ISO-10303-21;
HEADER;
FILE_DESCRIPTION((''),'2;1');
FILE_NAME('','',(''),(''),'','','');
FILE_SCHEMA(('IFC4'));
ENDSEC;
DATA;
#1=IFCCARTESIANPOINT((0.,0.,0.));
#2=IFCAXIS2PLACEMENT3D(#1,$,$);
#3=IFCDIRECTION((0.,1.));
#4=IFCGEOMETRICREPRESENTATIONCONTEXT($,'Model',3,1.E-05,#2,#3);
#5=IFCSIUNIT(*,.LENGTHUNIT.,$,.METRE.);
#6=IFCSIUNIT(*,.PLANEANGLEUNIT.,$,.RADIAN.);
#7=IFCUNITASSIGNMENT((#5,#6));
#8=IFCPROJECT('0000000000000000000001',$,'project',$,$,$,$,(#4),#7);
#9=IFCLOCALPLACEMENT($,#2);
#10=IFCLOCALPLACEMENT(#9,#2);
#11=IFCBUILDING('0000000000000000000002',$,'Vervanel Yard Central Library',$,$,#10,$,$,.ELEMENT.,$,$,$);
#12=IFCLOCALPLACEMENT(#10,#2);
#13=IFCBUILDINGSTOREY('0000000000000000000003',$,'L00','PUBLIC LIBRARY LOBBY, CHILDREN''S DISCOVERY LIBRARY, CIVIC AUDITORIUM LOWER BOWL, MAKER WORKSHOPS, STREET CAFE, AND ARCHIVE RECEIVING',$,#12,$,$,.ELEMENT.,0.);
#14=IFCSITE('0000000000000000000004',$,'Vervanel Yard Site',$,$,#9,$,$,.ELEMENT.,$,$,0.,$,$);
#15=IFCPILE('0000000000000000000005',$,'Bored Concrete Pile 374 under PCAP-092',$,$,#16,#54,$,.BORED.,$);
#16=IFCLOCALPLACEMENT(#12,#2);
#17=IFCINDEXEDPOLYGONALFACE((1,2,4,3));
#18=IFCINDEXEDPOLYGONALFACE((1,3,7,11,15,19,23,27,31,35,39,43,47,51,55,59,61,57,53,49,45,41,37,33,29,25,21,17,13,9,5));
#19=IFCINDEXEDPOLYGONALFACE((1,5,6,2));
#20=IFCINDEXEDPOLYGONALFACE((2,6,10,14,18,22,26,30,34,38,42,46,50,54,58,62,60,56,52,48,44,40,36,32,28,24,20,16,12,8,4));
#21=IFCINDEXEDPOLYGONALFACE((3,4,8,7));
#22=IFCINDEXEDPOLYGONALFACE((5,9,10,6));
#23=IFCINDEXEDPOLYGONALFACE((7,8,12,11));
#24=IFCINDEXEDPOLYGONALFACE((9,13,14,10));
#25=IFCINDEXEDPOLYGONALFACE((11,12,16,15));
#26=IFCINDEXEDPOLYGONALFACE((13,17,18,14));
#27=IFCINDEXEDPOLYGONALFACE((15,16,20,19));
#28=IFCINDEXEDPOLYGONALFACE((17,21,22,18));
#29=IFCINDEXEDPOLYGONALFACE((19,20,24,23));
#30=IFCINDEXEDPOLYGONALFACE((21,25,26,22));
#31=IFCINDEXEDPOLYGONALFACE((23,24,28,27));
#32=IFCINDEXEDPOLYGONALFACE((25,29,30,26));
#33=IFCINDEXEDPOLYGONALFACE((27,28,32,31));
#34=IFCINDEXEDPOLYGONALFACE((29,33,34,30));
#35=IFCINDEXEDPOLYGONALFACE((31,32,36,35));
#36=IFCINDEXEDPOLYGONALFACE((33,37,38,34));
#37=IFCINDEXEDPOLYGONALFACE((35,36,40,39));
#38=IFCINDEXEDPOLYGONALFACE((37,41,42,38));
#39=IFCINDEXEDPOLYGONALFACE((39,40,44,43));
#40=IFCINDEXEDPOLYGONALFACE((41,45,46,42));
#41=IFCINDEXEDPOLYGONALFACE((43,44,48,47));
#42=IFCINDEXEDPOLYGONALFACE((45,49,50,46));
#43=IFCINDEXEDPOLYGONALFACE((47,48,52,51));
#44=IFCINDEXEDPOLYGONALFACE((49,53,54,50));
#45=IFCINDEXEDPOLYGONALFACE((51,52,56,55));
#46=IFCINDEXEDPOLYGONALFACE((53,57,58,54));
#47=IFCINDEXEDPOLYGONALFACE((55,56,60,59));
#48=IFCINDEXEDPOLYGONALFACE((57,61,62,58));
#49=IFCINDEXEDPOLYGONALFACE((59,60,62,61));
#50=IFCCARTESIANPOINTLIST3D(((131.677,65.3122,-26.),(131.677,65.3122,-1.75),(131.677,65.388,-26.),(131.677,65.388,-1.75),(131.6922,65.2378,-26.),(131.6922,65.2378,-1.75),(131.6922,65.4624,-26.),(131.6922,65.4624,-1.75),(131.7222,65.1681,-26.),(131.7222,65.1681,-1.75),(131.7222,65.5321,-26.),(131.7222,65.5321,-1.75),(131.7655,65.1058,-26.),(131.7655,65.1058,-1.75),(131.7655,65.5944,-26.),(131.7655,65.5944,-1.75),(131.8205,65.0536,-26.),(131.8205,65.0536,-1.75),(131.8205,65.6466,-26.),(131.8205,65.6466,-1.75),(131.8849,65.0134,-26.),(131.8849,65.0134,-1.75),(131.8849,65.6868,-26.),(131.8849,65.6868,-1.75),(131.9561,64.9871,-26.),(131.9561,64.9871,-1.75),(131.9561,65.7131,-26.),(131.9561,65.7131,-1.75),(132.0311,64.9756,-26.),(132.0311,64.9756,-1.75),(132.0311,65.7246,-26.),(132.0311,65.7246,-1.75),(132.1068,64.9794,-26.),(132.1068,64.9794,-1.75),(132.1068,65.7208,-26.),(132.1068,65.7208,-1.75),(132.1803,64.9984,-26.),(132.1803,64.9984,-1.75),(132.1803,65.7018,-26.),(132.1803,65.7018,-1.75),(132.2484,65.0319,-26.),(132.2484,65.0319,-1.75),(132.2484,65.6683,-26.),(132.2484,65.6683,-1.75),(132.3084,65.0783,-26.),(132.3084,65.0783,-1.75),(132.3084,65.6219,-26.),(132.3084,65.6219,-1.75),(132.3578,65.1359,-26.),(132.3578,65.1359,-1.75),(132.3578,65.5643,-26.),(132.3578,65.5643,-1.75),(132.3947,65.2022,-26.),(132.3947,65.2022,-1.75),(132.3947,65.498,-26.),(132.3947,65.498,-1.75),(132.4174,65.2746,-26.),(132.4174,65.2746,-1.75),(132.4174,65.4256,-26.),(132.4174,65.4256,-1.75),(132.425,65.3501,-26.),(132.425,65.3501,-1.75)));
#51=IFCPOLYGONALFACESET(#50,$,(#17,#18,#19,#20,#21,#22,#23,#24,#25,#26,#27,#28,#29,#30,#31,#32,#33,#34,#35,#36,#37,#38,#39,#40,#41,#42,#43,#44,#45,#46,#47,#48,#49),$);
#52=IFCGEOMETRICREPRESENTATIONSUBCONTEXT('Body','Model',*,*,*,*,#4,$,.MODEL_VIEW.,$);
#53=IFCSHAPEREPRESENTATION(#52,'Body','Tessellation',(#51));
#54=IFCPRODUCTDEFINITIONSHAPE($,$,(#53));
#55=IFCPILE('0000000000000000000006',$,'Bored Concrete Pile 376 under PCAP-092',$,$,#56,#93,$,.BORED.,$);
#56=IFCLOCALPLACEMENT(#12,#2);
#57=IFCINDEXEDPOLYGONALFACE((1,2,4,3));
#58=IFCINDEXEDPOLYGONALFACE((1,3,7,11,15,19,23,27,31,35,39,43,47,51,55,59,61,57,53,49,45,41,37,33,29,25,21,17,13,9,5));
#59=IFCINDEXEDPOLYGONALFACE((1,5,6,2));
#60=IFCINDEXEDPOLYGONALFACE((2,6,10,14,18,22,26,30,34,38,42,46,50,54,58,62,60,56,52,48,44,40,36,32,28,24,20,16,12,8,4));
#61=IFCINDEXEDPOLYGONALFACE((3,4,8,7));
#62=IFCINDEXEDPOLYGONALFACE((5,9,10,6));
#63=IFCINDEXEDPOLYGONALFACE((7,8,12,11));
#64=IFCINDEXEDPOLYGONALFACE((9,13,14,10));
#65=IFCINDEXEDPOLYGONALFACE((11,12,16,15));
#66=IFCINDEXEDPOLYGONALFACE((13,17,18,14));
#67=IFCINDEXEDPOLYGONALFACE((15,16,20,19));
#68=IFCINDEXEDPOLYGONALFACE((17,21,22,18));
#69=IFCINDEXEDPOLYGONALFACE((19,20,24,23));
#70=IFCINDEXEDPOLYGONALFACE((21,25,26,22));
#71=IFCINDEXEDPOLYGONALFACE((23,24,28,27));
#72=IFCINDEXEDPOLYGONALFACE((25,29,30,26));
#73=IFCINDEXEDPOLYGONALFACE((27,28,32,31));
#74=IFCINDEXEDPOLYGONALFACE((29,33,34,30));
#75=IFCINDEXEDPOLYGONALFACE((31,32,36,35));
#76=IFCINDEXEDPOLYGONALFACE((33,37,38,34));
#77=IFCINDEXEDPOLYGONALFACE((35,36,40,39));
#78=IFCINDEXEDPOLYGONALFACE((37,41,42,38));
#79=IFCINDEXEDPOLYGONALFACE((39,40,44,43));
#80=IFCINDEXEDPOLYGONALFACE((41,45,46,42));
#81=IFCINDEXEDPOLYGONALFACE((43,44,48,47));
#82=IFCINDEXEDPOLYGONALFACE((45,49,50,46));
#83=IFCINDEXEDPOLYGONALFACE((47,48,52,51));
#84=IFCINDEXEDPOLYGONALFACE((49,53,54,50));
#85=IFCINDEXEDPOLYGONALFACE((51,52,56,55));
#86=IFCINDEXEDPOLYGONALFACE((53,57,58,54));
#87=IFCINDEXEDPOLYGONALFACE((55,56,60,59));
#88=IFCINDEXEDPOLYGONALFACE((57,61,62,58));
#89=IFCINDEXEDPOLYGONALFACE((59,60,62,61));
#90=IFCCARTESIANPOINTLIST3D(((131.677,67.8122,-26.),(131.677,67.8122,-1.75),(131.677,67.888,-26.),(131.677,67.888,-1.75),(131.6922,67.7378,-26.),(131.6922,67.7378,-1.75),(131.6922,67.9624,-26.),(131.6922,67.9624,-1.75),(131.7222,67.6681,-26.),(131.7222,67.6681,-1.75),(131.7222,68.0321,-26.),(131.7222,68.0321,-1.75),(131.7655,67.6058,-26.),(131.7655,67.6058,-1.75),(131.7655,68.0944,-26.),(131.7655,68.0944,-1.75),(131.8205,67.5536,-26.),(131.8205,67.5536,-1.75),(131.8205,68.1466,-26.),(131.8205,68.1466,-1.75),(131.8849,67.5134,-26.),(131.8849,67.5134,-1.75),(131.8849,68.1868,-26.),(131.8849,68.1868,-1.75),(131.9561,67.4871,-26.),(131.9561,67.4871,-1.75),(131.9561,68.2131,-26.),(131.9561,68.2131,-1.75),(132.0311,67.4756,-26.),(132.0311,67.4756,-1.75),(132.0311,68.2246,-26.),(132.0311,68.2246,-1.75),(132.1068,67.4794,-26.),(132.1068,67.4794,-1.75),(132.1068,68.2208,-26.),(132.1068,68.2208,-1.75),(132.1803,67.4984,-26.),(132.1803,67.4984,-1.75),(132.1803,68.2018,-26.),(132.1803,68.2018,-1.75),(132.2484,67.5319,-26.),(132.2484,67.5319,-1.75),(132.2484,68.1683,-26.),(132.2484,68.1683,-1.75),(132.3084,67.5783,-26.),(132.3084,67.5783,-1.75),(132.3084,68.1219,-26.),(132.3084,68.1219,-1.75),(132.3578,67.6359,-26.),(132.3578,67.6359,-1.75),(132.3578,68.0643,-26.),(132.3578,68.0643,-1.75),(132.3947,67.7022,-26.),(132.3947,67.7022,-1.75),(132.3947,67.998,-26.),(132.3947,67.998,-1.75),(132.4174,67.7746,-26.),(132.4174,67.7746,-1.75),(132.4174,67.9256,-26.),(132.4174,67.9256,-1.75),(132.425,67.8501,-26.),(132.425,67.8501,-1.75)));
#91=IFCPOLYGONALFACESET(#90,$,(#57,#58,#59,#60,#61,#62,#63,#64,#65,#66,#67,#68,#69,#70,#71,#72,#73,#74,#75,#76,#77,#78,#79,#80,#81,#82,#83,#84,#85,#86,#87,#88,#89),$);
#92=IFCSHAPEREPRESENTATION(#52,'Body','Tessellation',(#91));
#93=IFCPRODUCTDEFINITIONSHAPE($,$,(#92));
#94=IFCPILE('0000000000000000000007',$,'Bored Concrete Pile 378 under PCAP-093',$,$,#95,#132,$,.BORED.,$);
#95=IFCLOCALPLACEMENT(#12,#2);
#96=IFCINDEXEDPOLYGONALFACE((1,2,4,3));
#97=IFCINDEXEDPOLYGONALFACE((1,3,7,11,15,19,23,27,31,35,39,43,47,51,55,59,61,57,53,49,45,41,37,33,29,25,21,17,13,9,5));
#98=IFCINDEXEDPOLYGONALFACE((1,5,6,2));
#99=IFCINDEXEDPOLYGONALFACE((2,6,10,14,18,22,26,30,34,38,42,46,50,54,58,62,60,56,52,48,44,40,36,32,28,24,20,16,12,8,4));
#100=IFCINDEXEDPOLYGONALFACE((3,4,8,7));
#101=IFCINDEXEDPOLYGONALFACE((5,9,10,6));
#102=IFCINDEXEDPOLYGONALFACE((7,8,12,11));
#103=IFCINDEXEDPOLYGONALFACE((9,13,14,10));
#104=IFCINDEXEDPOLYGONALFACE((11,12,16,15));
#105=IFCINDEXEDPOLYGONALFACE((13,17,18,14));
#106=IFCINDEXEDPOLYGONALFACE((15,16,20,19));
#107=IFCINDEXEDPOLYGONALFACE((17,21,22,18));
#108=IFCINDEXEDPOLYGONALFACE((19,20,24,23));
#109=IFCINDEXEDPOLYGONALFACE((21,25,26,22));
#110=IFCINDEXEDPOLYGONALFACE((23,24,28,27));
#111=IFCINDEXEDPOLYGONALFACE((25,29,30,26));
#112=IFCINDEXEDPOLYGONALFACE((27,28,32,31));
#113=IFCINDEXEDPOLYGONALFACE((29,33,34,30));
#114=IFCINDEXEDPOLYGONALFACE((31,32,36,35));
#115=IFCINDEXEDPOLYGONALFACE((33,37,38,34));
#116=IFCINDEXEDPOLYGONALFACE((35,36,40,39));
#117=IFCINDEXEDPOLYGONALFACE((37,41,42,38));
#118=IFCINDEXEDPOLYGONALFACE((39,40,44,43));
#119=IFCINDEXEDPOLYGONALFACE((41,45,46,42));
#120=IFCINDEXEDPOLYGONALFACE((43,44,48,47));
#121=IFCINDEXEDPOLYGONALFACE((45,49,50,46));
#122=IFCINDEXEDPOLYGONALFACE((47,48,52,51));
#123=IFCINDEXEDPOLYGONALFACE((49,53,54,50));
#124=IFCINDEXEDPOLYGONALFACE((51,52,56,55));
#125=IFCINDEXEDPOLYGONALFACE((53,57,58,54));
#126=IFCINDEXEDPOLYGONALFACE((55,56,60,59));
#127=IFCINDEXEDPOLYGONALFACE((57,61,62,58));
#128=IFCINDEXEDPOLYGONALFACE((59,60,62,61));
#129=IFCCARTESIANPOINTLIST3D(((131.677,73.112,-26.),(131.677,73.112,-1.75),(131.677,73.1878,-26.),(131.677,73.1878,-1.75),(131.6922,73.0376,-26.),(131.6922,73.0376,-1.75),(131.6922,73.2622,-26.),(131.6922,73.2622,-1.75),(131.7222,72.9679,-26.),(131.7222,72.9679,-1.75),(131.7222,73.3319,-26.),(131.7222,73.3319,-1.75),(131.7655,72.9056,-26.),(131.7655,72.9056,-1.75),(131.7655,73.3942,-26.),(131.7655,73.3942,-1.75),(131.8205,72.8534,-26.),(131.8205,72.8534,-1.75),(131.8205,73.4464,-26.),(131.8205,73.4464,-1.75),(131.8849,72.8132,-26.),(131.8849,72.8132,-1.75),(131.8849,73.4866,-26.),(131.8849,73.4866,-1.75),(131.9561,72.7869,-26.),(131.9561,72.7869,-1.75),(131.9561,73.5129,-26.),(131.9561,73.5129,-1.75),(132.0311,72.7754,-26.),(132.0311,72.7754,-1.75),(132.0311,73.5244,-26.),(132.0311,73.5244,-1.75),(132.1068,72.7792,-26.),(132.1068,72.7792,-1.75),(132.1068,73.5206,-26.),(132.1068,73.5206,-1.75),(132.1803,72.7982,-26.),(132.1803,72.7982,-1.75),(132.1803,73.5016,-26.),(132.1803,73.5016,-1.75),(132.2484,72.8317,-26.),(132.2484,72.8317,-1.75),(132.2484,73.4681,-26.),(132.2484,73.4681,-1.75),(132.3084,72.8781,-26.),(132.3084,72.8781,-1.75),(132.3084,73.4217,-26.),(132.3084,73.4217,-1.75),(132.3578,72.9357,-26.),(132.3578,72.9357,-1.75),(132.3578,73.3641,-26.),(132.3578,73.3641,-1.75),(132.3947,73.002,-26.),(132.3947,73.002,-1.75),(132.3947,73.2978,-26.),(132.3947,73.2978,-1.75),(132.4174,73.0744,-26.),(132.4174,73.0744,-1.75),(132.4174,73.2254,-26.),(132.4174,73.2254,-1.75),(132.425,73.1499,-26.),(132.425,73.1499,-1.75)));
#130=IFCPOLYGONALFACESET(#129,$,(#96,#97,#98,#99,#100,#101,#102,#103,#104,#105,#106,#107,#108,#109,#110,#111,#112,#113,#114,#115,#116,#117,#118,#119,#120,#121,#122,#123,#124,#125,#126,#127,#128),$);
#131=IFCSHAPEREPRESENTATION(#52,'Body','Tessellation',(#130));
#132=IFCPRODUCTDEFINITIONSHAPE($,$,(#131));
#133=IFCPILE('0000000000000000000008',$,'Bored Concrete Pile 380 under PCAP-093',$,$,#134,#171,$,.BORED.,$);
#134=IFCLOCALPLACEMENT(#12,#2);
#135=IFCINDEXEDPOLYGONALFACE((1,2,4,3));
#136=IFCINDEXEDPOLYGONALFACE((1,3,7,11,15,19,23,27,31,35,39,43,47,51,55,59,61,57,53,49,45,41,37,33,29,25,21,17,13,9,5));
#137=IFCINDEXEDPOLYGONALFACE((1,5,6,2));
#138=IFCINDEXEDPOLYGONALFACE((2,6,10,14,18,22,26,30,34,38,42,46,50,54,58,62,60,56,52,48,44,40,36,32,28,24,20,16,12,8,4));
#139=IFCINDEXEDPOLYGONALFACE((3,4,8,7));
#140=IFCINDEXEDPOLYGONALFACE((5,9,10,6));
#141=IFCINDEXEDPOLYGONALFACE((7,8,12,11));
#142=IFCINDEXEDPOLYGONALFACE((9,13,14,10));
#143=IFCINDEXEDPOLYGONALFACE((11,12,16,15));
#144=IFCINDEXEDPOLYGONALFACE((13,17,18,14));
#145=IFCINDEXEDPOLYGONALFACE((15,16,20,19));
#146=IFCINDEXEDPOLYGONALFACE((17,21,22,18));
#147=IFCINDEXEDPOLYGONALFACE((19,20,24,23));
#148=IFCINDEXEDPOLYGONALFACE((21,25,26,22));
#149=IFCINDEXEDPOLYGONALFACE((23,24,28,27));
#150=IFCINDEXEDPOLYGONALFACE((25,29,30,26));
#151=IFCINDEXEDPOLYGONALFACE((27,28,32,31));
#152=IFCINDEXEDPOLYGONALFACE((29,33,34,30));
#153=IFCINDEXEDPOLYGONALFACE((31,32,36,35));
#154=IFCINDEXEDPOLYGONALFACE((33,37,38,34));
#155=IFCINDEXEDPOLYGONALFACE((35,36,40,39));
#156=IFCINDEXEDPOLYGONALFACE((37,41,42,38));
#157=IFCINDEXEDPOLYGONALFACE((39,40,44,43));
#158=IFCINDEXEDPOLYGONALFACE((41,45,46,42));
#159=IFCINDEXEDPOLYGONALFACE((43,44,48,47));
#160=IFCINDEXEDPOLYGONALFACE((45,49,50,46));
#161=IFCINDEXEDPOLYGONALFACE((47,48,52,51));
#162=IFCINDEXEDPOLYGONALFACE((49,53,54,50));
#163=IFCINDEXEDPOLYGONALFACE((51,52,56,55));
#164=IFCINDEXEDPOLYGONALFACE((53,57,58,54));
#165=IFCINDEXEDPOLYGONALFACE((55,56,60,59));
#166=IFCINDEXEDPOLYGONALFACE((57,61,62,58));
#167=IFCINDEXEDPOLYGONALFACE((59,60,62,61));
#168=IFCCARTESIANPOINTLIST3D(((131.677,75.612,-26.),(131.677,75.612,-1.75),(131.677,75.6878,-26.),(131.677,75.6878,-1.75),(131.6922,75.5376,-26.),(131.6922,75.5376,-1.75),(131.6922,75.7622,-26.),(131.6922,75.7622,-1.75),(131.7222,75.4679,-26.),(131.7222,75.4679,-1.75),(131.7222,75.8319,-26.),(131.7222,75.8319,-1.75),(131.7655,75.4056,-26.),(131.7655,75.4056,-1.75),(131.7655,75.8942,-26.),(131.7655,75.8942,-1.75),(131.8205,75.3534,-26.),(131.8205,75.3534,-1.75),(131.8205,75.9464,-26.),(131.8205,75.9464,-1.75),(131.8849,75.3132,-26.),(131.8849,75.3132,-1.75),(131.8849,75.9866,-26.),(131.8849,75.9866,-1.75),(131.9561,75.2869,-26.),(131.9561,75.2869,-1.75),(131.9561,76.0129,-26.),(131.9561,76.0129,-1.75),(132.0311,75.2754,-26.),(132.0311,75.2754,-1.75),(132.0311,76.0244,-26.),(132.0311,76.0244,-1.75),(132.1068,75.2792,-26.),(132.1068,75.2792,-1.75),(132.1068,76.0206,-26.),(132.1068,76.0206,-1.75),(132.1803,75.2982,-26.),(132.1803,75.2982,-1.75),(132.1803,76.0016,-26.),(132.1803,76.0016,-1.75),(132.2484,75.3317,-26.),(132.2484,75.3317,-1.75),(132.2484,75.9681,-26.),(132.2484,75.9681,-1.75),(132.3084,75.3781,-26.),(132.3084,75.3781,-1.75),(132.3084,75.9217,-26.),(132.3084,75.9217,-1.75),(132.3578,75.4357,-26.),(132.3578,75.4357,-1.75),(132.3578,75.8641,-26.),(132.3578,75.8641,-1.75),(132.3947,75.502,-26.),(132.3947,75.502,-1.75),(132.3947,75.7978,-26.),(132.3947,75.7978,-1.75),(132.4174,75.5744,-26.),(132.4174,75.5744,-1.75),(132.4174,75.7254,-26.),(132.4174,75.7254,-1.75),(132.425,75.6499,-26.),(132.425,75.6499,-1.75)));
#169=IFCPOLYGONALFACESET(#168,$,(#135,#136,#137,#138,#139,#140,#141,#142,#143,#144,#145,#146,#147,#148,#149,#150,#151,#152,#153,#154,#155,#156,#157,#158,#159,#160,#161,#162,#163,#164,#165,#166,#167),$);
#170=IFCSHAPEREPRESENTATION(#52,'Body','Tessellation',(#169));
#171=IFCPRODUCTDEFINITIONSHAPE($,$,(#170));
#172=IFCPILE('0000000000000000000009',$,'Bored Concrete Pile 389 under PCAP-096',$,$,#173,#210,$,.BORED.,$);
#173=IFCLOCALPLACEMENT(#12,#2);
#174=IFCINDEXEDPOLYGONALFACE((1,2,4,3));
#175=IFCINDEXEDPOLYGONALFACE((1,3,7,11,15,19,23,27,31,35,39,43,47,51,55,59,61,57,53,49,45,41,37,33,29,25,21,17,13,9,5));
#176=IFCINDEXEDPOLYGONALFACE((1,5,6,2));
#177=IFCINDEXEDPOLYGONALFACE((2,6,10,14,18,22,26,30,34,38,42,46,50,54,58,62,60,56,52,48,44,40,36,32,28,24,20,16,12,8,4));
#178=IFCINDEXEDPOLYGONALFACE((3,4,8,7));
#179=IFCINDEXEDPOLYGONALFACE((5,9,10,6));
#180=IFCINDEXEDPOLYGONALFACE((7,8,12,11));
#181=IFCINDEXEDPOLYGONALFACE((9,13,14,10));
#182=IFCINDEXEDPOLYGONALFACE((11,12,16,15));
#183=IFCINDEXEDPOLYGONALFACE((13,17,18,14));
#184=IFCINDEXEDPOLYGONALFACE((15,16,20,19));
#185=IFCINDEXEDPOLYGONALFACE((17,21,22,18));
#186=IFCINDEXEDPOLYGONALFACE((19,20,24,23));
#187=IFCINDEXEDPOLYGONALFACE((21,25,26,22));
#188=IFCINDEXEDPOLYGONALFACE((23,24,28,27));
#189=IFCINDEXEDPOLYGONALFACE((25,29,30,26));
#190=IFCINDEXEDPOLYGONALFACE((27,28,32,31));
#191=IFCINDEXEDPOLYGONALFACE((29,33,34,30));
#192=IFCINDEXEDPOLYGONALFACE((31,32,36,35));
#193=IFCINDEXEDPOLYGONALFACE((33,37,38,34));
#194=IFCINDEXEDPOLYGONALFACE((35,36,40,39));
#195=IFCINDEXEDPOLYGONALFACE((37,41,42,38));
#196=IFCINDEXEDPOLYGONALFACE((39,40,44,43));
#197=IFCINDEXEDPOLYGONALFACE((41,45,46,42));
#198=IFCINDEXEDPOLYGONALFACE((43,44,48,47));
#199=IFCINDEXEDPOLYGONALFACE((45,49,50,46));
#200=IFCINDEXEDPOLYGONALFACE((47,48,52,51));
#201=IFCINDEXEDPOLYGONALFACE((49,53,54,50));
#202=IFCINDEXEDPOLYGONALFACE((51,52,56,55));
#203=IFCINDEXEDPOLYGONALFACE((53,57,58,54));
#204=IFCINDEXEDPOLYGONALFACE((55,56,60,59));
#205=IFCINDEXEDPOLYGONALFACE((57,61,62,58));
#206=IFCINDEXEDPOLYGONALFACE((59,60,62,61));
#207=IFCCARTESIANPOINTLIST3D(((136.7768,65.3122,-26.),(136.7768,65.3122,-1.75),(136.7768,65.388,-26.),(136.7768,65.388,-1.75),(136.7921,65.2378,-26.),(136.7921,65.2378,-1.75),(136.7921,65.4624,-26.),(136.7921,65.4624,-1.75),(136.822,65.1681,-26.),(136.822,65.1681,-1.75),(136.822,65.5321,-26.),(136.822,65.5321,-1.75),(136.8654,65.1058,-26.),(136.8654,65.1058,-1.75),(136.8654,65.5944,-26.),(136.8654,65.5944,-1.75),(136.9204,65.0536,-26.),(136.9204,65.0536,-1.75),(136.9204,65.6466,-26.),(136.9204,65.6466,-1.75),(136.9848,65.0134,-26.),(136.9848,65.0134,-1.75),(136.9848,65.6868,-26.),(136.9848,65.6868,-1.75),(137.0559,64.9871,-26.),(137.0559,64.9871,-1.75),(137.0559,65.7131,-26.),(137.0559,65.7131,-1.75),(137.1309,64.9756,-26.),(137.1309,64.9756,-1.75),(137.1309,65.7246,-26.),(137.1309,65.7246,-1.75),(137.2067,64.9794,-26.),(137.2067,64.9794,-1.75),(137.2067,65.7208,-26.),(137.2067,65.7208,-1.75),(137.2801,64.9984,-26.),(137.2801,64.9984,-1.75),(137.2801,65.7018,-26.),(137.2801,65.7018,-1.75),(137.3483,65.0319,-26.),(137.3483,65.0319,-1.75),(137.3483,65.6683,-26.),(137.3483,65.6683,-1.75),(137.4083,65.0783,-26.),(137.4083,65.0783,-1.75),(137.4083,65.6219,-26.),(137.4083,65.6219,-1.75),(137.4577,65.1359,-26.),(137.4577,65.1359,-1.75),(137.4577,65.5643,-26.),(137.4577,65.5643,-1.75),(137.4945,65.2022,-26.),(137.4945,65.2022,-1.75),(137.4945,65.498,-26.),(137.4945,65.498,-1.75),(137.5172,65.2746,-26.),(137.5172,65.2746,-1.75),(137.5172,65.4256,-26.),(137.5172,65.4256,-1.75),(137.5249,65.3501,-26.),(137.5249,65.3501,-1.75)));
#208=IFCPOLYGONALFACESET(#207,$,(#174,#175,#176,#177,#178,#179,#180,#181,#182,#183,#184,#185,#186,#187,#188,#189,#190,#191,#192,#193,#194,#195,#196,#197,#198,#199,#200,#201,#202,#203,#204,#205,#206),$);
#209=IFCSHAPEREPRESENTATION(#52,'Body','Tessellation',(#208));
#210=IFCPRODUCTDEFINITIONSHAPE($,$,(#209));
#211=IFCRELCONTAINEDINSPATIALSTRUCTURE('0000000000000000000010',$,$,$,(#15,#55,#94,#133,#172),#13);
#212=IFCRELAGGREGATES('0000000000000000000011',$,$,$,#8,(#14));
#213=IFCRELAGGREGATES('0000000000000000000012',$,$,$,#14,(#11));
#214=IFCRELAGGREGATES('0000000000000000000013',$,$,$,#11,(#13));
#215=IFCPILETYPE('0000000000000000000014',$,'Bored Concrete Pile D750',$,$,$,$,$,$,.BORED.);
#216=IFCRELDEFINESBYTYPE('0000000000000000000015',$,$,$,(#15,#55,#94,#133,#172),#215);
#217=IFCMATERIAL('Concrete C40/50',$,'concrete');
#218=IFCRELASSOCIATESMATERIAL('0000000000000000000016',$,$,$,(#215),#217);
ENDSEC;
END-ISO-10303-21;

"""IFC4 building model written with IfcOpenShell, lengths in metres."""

from ifc_helpers import new_model, si_unit, direction, frame, origin, origin_2d, place, context, subcontext, project, spatial, circle, extrude, material, material_profile, profile_set, type_object, element, save


model = new_model("IFC4")

# Units and contexts
model_context = context("Model", 3, precision=1e-05, world=origin(), true_north=direction((0.0, 1.0)))
body_context = subcontext(model_context, "Body", "Model", "MODEL_VIEW")
ifc_project = project(units=[si_unit("LENGTHUNIT", "METRE"), si_unit("PLANEANGLEUNIT", "RADIAN")], contexts=[model_context])

# Site, building, storey
site_placement = place(None, origin())
site = spatial("IfcSite", under=ifc_project, at=site_placement, Name="Vervanel Yard Site", CompositionType="ELEMENT", RefElevation=0.0)
building_placement = place(site_placement, origin())
building = spatial("IfcBuilding", under=site, at=building_placement, Name="Vervanel Yard Central Library", CompositionType="ELEMENT")
storey_placement = place(building_placement, origin())
storey = spatial("IfcBuildingStorey", under=building, at=storey_placement, Name="L00", Description="PUBLIC LIBRARY LOBBY, CHILDREN'S DISCOVERY LIBRARY, CIVIC AUDITORIUM LOWER BOWL, MAKER WORKSHOPS, STREET CAFE, AND ARCHIVE RECEIVING", CompositionType="ELEMENT", Elevation=0.0)

# Piles
ifc_material_1 = material(Name="Concrete C40/50", Category="concrete")
ifc_material_profile_1 = material_profile(ifc_material_1, circle(Radius=0.375, at=origin_2d()), Name="BP D750", Category="concrete")
ifc_profile_set_1 = profile_set([ifc_material_profile_1], Name="Concrete C40/50")
pile_type = type_object("IfcPileType", Name="Bored Concrete Pile D750", PredefinedType="BORED", material=ifc_profile_set_1)
for number, where, z_axis, x_axis, name in (
    (1, (132.05, 65.3501, -1.75), (0.0, 0.0, -1.0), (1.0, 0.0, 0.0), "Bored Concrete Pile 374 under PCAP-092"),
    (2, (132.05, 67.8501, -1.75), (0.0, 0.0, -1.0), (1.0, 0.0, 0.0), "Bored Concrete Pile 376 under PCAP-092"),
    (3, (132.05, 73.1499, -1.75), (0.0, 0.0, -1.0), (1.0, 0.0, 0.0), "Bored Concrete Pile 378 under PCAP-093"),
    (4, (132.05, 75.6499, -1.75), (0.0, 0.0, -1.0), (1.0, 0.0, 0.0), "Bored Concrete Pile 380 under PCAP-093"),
    (5, (137.1499, 65.3501, -1.75), (0.0, 0.0, -1.0), (1.0, 0.0, 0.0), "Bored Concrete Pile 389 under PCAP-096"),
):
    element("IfcPile", number, at=place(storey_placement, frame(where, z_axis=z_axis, x_axis=x_axis)), inside=storey, type_object=pile_type, Name=name, PredefinedType="BORED", context=body_context, shape_type="SweptSolid", body=[
        extrude(circle(Radius=0.375, at=origin_2d()), origin(), (0.0, 0.0, 1.0), 24.25),
    ])

save(model, "model.ifc")
